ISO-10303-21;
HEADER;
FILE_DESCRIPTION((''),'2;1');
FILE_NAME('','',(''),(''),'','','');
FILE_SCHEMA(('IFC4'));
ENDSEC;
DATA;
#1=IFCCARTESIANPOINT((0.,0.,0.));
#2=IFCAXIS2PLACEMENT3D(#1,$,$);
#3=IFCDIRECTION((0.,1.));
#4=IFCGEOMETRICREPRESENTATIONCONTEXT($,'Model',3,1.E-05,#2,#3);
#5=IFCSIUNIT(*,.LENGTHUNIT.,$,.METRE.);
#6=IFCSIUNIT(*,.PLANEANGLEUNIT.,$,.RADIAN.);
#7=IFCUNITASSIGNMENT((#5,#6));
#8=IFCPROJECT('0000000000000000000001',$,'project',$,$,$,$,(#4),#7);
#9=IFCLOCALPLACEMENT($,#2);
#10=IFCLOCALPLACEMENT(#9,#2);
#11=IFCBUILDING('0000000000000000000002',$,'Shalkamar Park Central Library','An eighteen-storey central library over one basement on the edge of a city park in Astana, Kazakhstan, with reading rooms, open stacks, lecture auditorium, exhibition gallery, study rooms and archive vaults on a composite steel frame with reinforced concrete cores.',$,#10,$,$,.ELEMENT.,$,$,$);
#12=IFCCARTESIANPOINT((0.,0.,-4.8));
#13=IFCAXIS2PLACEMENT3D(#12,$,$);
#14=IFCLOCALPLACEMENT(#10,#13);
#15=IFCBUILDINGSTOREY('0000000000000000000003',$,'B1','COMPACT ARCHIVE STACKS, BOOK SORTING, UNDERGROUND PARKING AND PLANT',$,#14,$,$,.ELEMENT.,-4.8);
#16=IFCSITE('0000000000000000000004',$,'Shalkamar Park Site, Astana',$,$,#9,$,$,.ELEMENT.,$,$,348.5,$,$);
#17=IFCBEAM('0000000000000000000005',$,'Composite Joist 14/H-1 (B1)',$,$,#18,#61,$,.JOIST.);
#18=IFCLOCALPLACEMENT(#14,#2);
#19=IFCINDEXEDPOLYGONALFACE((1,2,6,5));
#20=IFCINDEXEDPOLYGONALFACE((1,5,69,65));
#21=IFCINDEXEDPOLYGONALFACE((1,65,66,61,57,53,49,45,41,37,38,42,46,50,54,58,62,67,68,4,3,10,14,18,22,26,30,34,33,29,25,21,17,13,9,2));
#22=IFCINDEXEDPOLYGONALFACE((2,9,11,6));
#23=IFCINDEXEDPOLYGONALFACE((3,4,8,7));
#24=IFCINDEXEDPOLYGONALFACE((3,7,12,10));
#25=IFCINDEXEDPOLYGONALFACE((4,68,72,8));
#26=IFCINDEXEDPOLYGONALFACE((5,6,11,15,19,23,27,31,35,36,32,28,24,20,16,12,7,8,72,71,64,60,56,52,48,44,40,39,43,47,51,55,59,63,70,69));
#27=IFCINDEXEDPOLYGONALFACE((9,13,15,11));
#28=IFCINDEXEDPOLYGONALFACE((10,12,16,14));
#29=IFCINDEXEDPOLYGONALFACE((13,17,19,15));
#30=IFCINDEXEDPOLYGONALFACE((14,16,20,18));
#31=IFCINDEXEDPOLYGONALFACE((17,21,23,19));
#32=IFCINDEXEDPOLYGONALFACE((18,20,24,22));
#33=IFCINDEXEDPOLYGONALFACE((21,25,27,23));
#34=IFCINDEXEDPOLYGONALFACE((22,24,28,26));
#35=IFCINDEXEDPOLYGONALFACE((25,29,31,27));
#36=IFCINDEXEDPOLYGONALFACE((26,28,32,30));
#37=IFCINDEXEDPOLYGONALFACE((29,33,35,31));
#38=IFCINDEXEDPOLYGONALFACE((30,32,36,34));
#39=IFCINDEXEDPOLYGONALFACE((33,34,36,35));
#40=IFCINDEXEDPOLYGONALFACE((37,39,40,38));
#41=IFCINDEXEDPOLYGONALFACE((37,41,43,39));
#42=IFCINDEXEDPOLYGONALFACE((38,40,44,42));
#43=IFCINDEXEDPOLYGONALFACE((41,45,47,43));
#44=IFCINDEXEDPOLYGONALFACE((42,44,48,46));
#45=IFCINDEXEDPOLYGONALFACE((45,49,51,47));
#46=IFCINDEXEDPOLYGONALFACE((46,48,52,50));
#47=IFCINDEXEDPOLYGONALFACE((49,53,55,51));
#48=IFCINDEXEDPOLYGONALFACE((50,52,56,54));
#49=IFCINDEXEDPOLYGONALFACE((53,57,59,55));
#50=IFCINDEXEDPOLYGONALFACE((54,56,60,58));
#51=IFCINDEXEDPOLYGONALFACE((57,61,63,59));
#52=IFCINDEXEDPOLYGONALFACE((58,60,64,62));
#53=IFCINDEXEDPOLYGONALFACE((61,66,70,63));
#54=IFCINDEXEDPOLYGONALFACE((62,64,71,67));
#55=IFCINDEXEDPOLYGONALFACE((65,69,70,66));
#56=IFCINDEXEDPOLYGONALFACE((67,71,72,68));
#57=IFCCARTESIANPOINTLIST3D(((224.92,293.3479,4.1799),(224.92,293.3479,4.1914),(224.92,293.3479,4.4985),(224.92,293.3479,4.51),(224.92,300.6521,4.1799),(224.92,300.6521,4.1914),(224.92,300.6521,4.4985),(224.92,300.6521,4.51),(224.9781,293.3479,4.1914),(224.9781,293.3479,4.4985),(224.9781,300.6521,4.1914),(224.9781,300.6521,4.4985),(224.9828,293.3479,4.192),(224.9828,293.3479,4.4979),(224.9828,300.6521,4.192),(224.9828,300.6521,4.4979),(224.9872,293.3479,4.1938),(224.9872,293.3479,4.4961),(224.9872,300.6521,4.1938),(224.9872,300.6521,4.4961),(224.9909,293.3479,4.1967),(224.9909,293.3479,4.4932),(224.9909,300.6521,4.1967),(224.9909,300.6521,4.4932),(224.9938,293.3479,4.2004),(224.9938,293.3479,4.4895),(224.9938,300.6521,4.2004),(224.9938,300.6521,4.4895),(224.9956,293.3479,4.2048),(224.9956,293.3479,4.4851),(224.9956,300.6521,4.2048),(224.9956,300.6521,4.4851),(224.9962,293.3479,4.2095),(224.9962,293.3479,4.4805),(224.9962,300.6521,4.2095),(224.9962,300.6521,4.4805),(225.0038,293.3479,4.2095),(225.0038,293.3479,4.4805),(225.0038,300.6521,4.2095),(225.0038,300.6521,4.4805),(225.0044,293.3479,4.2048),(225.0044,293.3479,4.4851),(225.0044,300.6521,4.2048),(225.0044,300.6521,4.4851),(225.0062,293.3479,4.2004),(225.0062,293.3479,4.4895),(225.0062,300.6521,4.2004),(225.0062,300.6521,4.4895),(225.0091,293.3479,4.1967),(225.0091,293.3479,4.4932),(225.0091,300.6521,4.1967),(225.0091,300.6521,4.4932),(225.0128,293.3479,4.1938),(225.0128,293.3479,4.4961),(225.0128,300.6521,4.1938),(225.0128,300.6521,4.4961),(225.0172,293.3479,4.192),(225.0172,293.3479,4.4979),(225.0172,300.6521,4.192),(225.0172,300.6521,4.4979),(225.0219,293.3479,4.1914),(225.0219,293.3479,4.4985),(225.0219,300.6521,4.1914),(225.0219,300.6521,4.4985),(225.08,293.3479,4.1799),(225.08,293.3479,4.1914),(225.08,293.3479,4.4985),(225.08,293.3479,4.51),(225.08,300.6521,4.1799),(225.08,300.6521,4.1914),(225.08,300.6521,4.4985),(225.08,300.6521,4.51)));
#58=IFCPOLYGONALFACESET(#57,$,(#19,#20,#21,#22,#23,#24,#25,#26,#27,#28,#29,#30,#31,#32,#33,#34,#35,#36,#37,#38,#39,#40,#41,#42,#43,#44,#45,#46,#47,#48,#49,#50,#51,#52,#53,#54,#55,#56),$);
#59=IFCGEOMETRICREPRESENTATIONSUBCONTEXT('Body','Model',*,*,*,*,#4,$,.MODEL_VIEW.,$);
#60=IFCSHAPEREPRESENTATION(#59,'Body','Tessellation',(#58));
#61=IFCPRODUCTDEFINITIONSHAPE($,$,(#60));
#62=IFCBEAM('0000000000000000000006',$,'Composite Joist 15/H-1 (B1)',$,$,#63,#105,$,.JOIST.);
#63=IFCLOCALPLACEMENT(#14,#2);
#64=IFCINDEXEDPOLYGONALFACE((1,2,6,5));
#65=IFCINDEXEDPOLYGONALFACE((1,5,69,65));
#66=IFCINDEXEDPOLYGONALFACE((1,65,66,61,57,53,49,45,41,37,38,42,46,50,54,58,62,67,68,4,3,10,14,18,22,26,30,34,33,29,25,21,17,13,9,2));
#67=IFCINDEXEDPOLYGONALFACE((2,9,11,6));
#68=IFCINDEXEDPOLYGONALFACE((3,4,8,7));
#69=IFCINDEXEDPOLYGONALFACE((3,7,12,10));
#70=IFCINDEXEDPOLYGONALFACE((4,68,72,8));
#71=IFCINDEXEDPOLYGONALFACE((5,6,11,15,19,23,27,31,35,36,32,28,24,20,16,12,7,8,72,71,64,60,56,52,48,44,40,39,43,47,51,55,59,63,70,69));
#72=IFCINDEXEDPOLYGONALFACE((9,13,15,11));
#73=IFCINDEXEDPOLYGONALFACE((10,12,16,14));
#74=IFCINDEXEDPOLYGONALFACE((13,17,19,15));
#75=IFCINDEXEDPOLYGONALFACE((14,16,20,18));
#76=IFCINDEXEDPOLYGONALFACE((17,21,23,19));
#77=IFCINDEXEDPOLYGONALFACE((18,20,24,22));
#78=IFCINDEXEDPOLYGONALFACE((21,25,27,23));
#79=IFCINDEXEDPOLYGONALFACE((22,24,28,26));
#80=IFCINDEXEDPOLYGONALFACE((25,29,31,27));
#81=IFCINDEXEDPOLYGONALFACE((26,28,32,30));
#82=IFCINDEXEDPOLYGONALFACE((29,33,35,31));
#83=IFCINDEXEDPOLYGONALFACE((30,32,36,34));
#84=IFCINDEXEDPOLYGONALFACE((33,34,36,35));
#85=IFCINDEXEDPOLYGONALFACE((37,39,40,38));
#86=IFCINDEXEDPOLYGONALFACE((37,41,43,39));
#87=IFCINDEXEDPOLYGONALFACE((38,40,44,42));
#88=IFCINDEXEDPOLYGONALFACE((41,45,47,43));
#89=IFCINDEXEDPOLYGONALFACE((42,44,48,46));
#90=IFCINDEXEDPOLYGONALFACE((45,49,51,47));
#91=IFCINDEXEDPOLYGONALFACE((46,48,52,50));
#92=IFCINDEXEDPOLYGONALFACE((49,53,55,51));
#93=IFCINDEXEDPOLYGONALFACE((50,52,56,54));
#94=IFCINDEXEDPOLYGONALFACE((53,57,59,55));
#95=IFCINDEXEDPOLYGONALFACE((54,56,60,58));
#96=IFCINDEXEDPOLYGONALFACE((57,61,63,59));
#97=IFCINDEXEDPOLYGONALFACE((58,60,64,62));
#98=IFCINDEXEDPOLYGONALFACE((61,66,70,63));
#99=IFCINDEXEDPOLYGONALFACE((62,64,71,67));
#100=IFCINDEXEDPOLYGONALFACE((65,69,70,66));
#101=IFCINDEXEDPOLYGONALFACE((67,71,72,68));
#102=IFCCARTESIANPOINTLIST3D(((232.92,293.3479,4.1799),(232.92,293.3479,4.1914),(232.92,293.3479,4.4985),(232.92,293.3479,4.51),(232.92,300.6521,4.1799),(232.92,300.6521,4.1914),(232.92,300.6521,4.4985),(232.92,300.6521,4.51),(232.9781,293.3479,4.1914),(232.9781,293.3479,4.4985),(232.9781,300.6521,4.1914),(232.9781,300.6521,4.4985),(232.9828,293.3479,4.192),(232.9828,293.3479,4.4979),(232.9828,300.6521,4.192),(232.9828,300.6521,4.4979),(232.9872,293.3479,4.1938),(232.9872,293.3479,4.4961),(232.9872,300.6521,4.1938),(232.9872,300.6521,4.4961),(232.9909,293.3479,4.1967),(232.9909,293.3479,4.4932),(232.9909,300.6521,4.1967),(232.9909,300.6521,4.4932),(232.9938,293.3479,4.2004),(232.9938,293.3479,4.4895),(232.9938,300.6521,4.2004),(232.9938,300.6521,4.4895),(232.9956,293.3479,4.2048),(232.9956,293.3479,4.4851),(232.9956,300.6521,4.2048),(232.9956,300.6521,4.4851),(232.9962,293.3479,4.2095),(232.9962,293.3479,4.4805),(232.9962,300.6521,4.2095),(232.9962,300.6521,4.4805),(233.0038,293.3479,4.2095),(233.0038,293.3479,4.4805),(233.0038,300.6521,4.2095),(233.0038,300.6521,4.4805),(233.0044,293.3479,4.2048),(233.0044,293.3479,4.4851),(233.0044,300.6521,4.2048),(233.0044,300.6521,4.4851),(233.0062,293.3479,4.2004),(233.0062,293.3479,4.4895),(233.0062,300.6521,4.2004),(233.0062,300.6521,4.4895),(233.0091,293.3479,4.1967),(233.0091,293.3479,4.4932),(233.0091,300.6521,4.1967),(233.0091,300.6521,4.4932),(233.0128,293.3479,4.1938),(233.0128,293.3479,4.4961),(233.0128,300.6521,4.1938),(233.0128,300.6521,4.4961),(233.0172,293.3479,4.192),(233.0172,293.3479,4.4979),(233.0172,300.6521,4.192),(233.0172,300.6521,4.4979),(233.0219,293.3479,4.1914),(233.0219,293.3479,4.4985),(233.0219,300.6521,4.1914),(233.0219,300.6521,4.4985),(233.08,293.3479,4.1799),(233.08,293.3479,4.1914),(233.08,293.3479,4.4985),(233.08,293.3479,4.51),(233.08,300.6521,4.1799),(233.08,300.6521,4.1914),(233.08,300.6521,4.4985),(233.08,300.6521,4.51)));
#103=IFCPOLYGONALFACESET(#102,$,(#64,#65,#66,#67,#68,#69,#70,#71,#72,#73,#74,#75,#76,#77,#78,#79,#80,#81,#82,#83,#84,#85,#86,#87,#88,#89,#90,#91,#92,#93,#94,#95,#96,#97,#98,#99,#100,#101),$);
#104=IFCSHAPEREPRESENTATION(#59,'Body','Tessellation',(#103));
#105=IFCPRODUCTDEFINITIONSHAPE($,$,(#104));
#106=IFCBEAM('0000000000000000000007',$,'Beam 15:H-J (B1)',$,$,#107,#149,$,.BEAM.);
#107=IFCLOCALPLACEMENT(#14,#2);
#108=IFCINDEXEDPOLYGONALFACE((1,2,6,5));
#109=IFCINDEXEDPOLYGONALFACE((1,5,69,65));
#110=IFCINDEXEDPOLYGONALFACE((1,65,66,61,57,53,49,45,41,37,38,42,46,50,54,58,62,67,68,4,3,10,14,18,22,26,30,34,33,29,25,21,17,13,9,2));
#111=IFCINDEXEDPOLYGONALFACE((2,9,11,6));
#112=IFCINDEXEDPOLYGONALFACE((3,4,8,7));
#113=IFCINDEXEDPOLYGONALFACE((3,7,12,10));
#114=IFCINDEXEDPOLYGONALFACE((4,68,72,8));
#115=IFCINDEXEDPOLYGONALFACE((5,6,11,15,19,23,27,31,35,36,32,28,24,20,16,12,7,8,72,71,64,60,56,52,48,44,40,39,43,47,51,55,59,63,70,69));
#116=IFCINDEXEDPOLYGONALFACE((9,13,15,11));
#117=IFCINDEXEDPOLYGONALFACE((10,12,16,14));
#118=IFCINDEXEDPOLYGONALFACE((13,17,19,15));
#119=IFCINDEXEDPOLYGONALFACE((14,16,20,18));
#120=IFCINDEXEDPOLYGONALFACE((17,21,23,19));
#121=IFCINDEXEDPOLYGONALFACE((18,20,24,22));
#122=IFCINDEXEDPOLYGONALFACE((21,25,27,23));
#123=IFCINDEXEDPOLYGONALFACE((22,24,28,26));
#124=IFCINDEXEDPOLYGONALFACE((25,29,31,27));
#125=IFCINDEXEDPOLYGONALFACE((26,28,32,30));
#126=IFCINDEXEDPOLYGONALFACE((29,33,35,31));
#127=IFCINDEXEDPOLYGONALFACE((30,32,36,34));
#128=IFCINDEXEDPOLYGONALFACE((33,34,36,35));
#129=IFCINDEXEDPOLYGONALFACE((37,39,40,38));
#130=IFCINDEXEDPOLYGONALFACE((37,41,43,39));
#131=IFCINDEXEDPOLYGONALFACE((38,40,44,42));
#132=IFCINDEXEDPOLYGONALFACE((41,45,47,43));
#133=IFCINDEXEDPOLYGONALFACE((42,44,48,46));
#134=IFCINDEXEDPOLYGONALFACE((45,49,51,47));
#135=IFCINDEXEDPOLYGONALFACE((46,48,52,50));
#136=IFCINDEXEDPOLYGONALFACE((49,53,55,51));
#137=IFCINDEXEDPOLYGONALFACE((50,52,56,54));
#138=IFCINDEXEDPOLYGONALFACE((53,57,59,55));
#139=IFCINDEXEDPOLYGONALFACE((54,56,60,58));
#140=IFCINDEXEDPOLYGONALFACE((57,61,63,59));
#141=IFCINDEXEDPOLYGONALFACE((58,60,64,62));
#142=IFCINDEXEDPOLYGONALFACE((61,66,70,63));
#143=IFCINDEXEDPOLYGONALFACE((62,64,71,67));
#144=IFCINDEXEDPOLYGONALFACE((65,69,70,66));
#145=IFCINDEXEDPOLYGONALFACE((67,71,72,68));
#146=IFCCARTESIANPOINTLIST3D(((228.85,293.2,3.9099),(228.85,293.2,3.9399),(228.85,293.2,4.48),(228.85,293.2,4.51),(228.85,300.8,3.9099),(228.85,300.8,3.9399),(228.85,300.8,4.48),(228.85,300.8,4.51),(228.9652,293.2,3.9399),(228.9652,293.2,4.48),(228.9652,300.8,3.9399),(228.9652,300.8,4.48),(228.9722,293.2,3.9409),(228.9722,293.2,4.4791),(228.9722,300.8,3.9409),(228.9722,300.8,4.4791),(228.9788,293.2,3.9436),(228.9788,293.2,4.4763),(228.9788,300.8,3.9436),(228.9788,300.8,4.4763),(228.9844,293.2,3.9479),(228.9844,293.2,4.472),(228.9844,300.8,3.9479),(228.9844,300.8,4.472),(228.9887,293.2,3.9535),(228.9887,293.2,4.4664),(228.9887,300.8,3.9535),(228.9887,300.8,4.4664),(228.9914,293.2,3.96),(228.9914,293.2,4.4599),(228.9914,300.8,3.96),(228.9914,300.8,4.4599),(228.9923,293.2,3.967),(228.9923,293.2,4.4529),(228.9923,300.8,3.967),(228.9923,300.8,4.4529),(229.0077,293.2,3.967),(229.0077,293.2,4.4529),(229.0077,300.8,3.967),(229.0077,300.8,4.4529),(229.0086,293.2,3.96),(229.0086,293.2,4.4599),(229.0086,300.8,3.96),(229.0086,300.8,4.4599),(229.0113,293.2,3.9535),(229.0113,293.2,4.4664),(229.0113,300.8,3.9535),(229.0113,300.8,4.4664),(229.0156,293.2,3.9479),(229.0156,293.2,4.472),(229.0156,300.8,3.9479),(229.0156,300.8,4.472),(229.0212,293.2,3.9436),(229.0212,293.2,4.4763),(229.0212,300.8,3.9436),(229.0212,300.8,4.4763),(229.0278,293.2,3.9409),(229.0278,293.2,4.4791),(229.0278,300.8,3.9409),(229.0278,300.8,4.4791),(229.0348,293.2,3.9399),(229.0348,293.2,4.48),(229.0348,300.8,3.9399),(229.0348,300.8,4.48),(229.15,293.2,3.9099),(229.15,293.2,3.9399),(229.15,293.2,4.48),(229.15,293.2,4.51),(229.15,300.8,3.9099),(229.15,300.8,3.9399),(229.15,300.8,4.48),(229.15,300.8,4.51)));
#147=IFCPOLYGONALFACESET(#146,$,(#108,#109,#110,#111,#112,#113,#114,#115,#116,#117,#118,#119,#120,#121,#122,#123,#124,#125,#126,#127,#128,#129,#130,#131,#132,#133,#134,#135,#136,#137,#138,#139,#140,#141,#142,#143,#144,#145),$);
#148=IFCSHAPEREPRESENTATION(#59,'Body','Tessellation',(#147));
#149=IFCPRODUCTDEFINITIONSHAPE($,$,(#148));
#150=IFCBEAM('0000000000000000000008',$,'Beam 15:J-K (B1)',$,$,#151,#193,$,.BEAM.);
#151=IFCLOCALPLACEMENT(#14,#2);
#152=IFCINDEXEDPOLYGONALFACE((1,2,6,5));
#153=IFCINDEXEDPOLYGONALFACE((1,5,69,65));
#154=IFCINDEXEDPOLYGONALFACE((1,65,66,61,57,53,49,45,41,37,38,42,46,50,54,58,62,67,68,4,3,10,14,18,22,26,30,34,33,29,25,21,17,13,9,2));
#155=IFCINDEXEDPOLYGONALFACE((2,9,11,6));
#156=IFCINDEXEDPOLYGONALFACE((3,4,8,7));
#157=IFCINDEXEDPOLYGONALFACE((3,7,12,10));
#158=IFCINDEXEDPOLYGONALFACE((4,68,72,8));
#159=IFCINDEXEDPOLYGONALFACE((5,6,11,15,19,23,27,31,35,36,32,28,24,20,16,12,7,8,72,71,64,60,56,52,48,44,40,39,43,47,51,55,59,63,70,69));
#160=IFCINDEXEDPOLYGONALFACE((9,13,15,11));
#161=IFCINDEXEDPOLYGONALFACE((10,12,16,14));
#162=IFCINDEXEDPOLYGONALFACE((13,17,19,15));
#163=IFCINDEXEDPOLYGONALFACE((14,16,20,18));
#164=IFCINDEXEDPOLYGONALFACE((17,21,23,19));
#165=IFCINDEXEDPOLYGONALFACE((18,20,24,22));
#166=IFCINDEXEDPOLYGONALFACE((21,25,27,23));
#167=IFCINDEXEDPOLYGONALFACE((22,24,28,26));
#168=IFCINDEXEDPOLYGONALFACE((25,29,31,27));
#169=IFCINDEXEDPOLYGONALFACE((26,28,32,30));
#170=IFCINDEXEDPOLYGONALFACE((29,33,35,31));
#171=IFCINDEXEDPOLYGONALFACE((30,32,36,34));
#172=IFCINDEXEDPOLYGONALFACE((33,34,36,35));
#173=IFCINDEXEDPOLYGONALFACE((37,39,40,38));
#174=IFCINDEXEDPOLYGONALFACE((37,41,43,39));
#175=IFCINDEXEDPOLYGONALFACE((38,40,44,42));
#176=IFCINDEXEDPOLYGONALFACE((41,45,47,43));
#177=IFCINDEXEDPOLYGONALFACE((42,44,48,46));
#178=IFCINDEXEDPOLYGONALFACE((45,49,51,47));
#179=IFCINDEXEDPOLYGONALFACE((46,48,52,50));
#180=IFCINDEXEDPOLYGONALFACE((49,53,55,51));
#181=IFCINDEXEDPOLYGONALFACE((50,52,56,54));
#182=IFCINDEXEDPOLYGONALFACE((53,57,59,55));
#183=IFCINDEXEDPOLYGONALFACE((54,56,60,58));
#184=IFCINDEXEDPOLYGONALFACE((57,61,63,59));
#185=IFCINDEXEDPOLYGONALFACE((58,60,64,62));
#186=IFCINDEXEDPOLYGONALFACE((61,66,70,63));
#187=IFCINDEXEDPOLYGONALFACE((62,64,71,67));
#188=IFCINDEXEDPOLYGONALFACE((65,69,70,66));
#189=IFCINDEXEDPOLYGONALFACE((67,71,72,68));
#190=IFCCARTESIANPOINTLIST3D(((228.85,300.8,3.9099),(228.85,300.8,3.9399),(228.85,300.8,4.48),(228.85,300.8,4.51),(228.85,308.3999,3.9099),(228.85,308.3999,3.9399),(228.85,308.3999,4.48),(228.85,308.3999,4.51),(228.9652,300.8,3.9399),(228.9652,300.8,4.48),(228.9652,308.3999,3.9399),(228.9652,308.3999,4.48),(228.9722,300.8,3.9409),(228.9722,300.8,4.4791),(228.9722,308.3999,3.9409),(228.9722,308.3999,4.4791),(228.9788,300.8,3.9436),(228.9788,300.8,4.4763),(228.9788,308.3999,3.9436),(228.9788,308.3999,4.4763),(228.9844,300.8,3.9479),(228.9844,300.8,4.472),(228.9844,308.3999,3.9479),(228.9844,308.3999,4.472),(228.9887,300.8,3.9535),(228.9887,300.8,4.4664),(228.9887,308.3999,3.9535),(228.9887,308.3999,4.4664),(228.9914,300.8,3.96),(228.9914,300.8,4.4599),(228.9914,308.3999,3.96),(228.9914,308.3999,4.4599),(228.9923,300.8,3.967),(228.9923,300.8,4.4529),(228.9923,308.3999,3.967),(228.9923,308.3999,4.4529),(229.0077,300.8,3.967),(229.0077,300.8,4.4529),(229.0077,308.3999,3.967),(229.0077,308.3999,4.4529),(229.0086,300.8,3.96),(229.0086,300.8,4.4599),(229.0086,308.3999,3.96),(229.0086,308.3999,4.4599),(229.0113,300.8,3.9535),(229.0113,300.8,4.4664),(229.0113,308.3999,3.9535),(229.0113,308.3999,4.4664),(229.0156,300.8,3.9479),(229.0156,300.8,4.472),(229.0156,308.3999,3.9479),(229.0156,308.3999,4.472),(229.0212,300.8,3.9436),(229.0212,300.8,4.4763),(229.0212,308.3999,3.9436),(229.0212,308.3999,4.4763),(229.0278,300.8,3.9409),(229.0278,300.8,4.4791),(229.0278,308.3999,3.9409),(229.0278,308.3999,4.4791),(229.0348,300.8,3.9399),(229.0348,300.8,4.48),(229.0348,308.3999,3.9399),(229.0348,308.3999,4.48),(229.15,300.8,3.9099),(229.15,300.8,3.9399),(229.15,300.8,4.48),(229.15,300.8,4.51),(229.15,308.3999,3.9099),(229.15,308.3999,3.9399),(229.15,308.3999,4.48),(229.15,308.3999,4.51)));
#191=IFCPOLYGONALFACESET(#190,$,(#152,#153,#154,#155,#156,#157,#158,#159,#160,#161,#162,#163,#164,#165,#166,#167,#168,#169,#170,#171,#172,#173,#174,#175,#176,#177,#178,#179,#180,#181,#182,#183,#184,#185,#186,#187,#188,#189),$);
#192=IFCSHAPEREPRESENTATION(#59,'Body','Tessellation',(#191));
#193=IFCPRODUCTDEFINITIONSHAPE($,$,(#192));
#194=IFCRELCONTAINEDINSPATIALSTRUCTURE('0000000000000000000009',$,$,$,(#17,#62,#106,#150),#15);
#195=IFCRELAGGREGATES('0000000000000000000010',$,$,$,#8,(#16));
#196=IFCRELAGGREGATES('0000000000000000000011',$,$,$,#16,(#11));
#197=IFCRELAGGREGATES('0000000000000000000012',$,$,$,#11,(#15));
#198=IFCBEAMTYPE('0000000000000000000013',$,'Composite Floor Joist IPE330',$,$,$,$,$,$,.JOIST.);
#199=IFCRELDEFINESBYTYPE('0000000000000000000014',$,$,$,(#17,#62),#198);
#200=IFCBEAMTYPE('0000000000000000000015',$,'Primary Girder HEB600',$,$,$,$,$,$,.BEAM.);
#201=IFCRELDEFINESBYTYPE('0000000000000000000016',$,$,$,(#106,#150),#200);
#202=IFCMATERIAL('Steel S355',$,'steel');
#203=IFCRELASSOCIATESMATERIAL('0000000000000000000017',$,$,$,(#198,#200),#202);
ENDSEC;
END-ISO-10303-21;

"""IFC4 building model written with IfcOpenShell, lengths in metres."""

from ifc_helpers import new_model, si_unit, direction, frame, origin, origin_2d, place, context, subcontext, project, spatial, i_section, extrude, material, material_profile, profile_set, type_object, element, save


model = new_model("IFC4")

# Units and contexts
model_context = context("Model", 3, precision=1e-05, world=origin(), true_north=direction((0.0, 1.0)))
body_context = subcontext(model_context, "Body", "Model", "MODEL_VIEW")
ifc_project = project(units=[si_unit("LENGTHUNIT", "METRE"), si_unit("PLANEANGLEUNIT", "RADIAN")], contexts=[model_context])

# Site, building, storey
site_placement = place(None, origin())
site = spatial("IfcSite", under=ifc_project, at=site_placement, Name="Shalkamar Park Site, Astana", CompositionType="ELEMENT", RefElevation=348.5)
building_placement = place(site_placement, origin())
building = spatial("IfcBuilding", under=site, at=building_placement, Name="Shalkamar Park Central Library", Description="An eighteen-storey central library over one basement on the edge of a city park in Astana, Kazakhstan, with reading rooms, open stacks, lecture auditorium, exhibition gallery, study rooms and archive vaults on a composite steel frame with reinforced concrete cores.", CompositionType="ELEMENT")
storey_placement = place(building_placement, frame((0.0, 0.0, -4.8)))
storey = spatial("IfcBuildingStorey", under=building, at=storey_placement, Name="B1", Description="COMPACT ARCHIVE STACKS, BOOK SORTING, UNDERGROUND PARKING AND PLANT", CompositionType="ELEMENT", Elevation=-4.8)

# Shared definitions
ifc_material_1 = material(Name="Steel S355", Category="steel")

# Beams
ifc_material_profile_1 = material_profile(ifc_material_1, i_section(OverallWidth=0.1599, OverallDepth=0.3301, WebThickness=0.0076, FlangeThickness=0.0115, FilletRadius=0.0181, at=origin_2d()), Name="IPE 330")
ifc_profile_set_1 = profile_set([ifc_material_profile_1], Name="Steel S355")
beam_type_1 = type_object("IfcBeamType", Name="Composite Floor Joist IPE330", PredefinedType="JOIST", material=ifc_profile_set_1)
for number, where, z_axis, x_axis, name in (
    (1, (225.0, 293.3479, 4.345), (0.0, 1.0, 0.0), (-1.0, 0.0, 0.0), "Composite Joist 14/H-1 (B1)"),
    (2, (233.0, 293.3479, 4.345), (0.0, 1.0, 0.0), (-1.0, 0.0, 0.0), "Composite Joist 15/H-1 (B1)"),
):
    element("IfcBeam", number, at=place(storey_placement, frame(where, z_axis=z_axis, x_axis=x_axis)), inside=storey, type_object=beam_type_1, Name=name, PredefinedType="JOIST", context=body_context, shape_type="SweptSolid", body=[
        extrude(i_section(OverallWidth=0.1599, OverallDepth=0.3301, WebThickness=0.0076, FlangeThickness=0.0115, FilletRadius=0.0181, at=origin_2d()), origin(), (0.0, 0.0, 1.0), 7.3042),
    ])
ifc_material_profile_2 = material_profile(ifc_material_1, i_section(OverallWidth=0.3, OverallDepth=0.6001, WebThickness=0.0154, FlangeThickness=0.03, FilletRadius=0.0271, at=origin_2d()), Name="HEB 600")
ifc_profile_set_2 = profile_set([ifc_material_profile_2], Name="Steel S355")
beam_type_2 = type_object("IfcBeamType", Name="Primary Girder HEB600", PredefinedType="BEAM", material=ifc_profile_set_2)
beam_1_placement = place(storey_placement, frame((229.0, 293.2, 4.21), z_axis=(0.0, 1.0, 0.0), x_axis=(-1.0, 0.0, 0.0)))
element("IfcBeam", 3, at=beam_1_placement, inside=storey, type_object=beam_type_2, Name="Beam 15:H-J (B1)", PredefinedType="BEAM", context=body_context, shape_type="SweptSolid", body=[
    extrude(i_section(OverallWidth=0.3, OverallDepth=0.6001, WebThickness=0.0154, FlangeThickness=0.03, FilletRadius=0.0271, at=origin_2d()), origin(), (0.0, 0.0, 1.0), 7.6001),
])
beam_2_placement = place(storey_placement, frame((229.0, 300.8, 4.21), z_axis=(0.0, 1.0, 0.0), x_axis=(-1.0, 0.0, 0.0)))
element("IfcBeam", 4, at=beam_2_placement, inside=storey, type_object=beam_type_2, Name="Beam 15:J-K (B1)", PredefinedType="BEAM", context=body_context, shape_type="SweptSolid", body=[
    extrude(i_section(OverallWidth=0.3, OverallDepth=0.6001, WebThickness=0.0154, FlangeThickness=0.03, FilletRadius=0.0271, at=origin_2d()), origin(), (0.0, 0.0, 1.0), 7.5999),
])

save(model, "model.ifc")
